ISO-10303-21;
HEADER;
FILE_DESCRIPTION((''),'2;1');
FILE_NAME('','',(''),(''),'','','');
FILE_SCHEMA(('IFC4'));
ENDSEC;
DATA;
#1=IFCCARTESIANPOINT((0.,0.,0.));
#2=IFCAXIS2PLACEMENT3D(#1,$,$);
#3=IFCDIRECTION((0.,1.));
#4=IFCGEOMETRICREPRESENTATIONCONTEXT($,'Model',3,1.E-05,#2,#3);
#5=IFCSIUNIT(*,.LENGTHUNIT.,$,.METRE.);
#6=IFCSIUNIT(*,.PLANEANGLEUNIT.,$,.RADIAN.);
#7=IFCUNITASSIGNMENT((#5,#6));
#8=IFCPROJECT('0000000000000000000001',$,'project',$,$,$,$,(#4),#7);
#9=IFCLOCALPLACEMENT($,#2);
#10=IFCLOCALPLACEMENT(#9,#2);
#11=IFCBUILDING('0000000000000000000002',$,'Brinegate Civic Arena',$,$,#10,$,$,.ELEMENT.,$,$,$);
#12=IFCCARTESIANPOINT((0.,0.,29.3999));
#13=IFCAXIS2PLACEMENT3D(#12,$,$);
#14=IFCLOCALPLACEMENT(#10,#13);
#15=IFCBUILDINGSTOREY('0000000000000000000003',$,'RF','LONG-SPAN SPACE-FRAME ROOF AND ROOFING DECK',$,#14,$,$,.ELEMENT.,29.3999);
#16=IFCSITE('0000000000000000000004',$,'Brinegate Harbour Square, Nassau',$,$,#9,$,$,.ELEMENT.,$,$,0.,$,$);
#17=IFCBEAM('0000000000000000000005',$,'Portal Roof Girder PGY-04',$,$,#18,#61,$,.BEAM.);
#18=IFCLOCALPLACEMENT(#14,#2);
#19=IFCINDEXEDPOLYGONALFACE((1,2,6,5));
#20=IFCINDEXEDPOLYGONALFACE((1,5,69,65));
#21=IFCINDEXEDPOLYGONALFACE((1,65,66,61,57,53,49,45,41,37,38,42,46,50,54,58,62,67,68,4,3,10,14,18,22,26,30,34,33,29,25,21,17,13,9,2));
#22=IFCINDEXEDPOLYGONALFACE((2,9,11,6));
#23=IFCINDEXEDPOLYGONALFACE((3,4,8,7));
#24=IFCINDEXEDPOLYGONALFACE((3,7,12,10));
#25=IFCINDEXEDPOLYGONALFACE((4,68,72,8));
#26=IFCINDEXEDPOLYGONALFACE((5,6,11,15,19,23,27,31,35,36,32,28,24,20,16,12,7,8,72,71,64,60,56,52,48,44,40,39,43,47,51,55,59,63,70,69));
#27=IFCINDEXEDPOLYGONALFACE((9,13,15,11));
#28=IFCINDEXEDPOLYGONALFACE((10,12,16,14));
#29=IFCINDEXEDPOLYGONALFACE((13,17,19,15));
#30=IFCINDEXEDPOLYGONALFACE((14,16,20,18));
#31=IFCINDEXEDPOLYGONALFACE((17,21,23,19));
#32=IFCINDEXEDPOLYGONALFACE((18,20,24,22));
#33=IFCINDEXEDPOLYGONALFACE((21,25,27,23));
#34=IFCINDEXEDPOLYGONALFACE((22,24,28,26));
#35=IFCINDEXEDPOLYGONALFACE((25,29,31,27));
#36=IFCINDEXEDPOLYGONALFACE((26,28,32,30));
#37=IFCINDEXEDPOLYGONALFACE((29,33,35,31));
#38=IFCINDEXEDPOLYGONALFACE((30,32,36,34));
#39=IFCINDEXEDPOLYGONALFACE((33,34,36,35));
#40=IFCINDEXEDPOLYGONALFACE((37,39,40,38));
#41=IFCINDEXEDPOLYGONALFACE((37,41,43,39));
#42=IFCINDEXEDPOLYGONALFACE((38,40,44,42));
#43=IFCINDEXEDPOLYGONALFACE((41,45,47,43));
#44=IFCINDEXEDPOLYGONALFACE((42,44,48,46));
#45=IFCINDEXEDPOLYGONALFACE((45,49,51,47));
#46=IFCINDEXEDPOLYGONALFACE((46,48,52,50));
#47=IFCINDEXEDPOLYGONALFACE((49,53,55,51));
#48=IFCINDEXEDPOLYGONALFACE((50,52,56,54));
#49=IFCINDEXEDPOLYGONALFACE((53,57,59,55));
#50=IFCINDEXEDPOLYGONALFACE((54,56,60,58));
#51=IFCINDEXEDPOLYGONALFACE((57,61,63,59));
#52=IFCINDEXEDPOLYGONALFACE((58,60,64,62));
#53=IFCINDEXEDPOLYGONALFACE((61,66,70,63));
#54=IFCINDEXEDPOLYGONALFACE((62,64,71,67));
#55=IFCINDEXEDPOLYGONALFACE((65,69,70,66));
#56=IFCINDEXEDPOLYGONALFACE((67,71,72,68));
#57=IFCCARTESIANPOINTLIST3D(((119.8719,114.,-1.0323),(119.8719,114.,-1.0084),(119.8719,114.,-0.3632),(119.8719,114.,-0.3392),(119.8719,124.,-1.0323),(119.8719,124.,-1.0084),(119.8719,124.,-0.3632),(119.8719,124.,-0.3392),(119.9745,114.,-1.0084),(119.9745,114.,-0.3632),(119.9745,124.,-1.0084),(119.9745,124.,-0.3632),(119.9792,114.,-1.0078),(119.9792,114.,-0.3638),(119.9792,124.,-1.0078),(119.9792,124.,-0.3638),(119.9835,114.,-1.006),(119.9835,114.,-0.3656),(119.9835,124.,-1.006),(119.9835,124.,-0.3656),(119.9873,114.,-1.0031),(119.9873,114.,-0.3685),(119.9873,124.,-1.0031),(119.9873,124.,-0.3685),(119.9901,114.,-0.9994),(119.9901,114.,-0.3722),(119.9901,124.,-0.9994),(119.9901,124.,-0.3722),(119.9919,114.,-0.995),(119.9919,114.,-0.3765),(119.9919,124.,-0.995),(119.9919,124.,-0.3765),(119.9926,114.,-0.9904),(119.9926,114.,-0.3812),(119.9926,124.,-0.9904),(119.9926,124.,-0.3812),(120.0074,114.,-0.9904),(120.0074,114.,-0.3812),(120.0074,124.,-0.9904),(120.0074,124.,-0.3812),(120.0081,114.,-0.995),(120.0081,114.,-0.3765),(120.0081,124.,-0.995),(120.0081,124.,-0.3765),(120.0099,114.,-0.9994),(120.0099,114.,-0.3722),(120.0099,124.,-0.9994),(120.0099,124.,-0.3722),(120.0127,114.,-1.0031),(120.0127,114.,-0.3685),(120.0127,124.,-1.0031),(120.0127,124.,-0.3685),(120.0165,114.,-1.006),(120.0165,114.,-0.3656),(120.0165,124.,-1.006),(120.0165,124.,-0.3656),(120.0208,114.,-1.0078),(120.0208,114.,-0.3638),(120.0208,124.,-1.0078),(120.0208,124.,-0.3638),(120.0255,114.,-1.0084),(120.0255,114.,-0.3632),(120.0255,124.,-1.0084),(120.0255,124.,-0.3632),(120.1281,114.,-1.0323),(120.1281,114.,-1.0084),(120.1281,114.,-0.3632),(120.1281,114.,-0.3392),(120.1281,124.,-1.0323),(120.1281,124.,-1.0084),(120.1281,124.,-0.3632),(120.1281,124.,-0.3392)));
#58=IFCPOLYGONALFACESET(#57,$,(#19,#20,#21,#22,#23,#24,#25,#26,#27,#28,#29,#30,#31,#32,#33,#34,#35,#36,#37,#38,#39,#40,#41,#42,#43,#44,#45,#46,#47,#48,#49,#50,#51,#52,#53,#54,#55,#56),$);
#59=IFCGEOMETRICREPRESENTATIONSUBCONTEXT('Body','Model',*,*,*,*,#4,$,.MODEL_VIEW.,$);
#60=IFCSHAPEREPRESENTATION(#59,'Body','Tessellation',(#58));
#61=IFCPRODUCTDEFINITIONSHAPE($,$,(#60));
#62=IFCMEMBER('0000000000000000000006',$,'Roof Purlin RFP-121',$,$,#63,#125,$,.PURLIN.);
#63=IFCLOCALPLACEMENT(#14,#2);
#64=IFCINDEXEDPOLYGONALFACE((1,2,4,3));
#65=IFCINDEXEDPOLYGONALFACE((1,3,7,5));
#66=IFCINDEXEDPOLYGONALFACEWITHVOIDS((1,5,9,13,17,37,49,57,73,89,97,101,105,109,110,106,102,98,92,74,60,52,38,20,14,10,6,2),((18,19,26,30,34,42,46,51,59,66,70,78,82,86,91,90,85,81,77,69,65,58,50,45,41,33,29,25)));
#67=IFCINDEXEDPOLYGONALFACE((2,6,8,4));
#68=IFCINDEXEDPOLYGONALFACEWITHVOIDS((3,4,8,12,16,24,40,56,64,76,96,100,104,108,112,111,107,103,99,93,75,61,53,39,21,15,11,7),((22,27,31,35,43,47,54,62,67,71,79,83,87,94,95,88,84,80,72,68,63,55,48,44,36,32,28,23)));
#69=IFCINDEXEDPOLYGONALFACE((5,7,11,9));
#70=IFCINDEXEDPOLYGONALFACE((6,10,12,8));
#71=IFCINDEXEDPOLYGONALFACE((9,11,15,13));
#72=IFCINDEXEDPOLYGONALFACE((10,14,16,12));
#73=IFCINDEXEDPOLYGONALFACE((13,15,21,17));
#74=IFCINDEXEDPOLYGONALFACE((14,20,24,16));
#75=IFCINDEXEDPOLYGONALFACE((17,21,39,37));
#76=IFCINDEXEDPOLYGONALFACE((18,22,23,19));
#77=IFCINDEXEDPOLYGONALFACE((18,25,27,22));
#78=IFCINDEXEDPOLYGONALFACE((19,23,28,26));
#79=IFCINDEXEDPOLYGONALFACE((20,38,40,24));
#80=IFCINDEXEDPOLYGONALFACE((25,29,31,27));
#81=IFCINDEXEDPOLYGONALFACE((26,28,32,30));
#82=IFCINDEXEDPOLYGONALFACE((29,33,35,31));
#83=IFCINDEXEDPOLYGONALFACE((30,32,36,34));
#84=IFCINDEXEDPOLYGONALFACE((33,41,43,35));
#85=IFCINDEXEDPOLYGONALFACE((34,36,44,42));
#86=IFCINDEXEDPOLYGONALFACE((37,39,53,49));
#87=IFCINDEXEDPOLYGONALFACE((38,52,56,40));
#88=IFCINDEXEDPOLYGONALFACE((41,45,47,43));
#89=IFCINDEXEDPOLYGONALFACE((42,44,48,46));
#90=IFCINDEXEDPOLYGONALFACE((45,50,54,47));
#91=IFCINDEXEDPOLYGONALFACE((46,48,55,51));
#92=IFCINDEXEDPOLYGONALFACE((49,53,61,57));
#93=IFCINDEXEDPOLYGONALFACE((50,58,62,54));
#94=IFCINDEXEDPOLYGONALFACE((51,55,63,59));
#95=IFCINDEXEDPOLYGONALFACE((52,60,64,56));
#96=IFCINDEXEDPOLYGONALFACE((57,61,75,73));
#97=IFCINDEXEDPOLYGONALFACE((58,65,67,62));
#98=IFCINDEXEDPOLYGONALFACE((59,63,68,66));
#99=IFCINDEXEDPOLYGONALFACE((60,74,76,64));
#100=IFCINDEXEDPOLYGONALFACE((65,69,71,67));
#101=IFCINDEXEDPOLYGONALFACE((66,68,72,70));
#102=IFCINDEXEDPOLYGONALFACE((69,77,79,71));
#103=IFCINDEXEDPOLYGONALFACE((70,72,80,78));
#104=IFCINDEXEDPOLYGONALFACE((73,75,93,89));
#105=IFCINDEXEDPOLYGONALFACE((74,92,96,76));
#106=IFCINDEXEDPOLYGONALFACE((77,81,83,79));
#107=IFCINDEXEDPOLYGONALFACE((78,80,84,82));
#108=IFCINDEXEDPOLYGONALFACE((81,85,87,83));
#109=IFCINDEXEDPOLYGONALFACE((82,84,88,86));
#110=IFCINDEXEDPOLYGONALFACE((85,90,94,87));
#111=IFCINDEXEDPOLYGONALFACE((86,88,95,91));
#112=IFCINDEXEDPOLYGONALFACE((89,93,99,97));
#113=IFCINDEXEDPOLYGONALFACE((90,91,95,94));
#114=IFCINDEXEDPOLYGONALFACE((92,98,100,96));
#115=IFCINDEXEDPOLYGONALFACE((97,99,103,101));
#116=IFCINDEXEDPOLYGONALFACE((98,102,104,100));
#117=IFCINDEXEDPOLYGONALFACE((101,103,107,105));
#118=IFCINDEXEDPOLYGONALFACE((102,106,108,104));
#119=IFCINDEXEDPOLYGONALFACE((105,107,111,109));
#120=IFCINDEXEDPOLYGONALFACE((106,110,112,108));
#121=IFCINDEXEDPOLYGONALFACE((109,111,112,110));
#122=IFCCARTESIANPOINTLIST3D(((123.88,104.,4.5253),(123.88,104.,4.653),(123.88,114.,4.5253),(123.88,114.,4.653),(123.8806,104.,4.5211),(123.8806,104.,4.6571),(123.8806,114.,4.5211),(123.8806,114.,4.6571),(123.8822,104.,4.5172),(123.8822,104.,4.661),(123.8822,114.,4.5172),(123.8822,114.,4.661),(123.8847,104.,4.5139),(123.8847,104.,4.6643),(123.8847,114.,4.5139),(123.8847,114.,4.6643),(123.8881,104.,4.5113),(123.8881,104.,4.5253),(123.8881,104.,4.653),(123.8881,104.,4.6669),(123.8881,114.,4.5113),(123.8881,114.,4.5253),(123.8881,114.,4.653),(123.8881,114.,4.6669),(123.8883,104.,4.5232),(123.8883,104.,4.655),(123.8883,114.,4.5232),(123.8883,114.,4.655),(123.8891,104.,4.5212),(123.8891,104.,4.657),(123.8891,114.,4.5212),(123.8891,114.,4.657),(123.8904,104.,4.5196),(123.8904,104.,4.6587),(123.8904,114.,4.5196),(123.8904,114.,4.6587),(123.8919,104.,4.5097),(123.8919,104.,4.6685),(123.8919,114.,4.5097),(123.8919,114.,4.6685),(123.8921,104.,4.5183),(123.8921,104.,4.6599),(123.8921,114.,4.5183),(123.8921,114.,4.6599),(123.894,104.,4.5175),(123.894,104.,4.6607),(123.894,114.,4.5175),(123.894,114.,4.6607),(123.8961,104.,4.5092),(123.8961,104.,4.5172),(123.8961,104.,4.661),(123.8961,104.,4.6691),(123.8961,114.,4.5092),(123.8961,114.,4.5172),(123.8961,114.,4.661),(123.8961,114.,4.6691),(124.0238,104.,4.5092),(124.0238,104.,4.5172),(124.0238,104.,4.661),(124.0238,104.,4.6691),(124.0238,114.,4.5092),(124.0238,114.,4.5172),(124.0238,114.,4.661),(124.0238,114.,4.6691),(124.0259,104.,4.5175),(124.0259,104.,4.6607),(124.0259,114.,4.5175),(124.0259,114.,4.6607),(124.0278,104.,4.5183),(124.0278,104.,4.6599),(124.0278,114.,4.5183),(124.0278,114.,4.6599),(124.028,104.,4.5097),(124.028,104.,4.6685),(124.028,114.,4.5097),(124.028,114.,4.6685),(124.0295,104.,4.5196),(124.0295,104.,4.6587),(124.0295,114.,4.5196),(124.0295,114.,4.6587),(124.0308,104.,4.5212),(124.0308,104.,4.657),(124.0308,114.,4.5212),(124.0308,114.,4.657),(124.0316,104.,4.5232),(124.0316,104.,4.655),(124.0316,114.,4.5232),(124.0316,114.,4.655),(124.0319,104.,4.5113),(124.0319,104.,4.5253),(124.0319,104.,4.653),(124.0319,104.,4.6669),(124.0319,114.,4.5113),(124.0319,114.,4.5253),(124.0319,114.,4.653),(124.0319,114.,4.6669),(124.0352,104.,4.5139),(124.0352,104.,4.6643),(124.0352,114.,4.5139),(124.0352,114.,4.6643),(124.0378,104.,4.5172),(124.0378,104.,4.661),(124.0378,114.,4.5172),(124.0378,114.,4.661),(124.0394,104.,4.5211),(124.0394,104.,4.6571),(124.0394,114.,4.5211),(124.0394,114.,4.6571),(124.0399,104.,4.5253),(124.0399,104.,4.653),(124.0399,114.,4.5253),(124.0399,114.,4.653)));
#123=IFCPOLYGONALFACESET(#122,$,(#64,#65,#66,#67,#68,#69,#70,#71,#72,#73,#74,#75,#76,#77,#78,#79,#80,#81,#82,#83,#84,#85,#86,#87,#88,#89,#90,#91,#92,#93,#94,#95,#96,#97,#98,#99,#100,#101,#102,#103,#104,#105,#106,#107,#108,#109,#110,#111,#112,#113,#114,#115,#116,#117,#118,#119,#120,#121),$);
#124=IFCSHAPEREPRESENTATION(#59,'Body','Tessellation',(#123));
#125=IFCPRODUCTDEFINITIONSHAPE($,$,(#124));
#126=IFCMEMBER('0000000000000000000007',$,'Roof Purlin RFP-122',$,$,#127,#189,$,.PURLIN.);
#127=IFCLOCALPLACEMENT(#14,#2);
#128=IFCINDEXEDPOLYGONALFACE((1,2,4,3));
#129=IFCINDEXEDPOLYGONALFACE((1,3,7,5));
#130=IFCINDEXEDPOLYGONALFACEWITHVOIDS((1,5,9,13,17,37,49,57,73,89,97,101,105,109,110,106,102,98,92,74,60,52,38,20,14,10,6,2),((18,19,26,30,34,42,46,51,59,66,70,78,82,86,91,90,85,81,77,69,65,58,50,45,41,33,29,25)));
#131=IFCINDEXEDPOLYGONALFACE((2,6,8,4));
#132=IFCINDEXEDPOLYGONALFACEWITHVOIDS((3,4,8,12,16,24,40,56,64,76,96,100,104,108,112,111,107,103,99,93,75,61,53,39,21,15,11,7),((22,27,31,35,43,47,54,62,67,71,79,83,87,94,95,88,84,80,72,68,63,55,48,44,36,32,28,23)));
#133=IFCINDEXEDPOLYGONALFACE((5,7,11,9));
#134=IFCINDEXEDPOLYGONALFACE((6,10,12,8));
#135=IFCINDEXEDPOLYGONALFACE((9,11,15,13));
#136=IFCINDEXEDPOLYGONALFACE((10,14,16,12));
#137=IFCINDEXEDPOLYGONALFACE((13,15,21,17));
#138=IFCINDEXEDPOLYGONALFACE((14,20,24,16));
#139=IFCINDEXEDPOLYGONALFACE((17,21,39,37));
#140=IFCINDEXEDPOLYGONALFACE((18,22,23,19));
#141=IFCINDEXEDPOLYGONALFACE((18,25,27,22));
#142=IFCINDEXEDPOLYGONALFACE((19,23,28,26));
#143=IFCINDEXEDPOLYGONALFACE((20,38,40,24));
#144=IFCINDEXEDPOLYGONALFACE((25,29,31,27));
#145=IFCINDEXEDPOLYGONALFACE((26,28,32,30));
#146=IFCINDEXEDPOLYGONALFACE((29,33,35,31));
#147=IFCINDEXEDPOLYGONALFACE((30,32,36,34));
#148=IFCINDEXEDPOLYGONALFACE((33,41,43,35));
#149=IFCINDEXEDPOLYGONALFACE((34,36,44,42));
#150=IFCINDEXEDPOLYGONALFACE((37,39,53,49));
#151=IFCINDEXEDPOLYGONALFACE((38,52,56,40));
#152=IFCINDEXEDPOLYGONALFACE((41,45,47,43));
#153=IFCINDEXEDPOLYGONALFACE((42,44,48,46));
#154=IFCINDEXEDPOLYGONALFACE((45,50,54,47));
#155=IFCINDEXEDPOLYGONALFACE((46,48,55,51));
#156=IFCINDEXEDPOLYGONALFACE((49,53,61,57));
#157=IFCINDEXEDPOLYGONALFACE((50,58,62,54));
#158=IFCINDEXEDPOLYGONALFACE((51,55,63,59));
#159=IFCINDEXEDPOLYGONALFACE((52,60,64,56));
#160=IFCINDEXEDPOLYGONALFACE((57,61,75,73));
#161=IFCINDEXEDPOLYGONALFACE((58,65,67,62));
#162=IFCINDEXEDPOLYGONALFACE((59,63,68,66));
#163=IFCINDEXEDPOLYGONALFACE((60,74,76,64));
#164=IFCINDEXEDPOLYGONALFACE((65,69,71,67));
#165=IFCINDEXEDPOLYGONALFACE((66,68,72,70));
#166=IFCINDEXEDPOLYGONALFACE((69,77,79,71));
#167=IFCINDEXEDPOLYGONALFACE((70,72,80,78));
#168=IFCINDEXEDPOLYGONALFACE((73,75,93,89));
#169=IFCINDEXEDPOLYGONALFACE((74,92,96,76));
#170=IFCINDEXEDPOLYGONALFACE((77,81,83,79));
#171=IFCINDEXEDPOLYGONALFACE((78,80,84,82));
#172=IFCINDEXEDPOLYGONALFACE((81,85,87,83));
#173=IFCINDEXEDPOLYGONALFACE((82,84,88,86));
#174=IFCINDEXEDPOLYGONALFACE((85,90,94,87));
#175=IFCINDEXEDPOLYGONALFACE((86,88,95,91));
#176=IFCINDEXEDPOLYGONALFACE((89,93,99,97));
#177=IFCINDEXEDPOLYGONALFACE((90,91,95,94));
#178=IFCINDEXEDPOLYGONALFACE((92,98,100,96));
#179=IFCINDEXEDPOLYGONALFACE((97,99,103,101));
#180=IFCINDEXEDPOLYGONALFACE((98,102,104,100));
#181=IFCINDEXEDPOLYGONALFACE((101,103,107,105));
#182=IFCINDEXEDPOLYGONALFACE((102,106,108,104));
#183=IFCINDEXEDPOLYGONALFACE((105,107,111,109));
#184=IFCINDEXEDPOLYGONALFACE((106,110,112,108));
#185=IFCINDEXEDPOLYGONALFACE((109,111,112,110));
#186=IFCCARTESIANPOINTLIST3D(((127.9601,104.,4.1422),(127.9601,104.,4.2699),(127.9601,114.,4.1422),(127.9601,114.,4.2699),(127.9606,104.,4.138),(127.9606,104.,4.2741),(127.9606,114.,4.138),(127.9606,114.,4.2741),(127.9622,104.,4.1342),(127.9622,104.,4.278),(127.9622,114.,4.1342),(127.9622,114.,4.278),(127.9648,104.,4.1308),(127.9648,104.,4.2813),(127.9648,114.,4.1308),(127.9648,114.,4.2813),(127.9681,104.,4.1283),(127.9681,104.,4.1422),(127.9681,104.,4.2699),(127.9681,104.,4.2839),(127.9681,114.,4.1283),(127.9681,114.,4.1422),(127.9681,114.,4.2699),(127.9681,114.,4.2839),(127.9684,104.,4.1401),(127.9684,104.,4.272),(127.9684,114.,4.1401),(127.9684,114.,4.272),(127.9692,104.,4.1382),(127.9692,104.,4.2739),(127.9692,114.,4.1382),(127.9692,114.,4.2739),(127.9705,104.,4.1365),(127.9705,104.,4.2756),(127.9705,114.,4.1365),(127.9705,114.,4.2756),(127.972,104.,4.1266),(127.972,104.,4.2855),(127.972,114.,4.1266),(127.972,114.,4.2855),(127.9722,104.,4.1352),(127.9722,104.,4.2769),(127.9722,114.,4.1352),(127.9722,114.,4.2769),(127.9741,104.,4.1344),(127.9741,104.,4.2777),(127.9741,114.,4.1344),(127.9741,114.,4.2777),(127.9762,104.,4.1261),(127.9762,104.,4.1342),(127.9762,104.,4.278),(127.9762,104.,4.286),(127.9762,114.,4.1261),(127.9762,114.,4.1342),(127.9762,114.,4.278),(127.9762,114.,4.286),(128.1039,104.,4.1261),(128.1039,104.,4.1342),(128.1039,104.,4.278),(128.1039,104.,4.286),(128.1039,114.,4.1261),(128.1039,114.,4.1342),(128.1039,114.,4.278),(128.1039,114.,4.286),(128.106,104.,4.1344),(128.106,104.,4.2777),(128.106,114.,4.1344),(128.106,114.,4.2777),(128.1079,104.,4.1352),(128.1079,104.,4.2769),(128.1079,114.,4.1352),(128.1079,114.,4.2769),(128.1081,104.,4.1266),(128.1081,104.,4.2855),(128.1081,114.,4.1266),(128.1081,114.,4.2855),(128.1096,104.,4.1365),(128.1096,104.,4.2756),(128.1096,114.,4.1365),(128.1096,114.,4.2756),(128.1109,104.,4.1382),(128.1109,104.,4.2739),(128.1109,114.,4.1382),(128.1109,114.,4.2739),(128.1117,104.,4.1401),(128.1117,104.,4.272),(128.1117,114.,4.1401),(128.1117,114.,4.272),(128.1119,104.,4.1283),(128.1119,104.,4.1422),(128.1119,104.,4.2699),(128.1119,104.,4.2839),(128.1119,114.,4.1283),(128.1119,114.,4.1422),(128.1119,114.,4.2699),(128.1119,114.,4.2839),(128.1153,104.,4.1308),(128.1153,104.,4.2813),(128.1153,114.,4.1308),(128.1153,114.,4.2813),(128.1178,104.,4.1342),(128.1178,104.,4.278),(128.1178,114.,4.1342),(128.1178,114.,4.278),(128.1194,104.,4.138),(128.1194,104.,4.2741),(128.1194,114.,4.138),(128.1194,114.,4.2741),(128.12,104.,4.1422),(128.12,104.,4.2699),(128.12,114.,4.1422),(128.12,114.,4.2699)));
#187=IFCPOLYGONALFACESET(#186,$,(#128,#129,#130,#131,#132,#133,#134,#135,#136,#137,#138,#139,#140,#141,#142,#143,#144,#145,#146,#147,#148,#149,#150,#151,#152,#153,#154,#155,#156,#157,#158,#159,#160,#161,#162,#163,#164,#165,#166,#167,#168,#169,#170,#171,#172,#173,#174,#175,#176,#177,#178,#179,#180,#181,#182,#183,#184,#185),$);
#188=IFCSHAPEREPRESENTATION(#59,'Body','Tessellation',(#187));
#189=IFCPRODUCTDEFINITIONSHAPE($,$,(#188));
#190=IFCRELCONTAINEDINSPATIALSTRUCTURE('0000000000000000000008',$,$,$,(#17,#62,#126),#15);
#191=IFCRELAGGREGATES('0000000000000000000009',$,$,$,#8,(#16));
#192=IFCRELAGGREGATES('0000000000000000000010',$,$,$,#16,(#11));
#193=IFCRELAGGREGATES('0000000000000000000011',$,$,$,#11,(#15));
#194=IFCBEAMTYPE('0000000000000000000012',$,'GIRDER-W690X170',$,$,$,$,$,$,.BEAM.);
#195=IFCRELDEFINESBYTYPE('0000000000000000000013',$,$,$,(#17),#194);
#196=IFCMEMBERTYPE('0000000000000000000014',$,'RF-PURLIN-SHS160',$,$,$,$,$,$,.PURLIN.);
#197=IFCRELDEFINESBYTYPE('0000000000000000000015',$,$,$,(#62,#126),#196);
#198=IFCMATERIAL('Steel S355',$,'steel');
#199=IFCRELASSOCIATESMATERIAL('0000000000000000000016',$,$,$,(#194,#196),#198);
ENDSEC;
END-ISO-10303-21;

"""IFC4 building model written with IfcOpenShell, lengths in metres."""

from ifc_helpers import new_model, si_unit, direction, frame, origin, origin_2d, place, context, subcontext, project, spatial, hollow_rectangle, i_section, extrude, material, material_profile, profile_set, type_object, element, save


model = new_model("IFC4")

# Units and contexts
model_context = context("Model", 3, precision=1e-05, world=origin(), true_north=direction((0.0, 1.0)))
body_context = subcontext(model_context, "Body", "Model", "MODEL_VIEW")
ifc_project = project(units=[si_unit("LENGTHUNIT", "METRE"), si_unit("PLANEANGLEUNIT", "RADIAN")], contexts=[model_context])

# Site, building, storey
site_placement = place(None, origin())
site = spatial("IfcSite", under=ifc_project, at=site_placement, Name="Brinegate Harbour Square, Nassau", CompositionType="ELEMENT", RefElevation=0.0)
building_placement = place(site_placement, origin())
building = spatial("IfcBuilding", under=site, at=building_placement, Name="Brinegate Civic Arena", CompositionType="ELEMENT")
storey_placement = place(building_placement, frame((0.0, 0.0, 29.3999)))
storey = spatial("IfcBuildingStorey", under=building, at=storey_placement, Name="RF", Description="LONG-SPAN SPACE-FRAME ROOF AND ROOFING DECK", CompositionType="ELEMENT", Elevation=29.3999)

# Beam
ifc_material_1 = material(Name="Steel S355", Category="steel")
ifc_material_profile_1 = material_profile(ifc_material_1, i_section(OverallWidth=0.2561, OverallDepth=0.6931, WebThickness=0.0149, FlangeThickness=0.0239, FilletRadius=0.0181, at=origin_2d()), Name="W690X170")
ifc_profile_set_1 = profile_set([ifc_material_profile_1], Name="Steel S355")
beam_type_1 = type_object("IfcBeamType", Name="GIRDER-W690X170", PredefinedType="BEAM", material=ifc_profile_set_1)
beam_placement = place(storey_placement, frame((120.0, 114.0, -0.6858), z_axis=(0.0, 1.0, 0.0), x_axis=(-1.0, 0.0, 0.0)))
element("IfcBeam", 1, at=beam_placement, inside=storey, type_object=beam_type_1, Name="Portal Roof Girder PGY-04", PredefinedType="BEAM", context=body_context, shape_type="SweptSolid", body=[
    extrude(i_section(OverallWidth=0.2561, OverallDepth=0.6931, WebThickness=0.0149, FlangeThickness=0.0239, FilletRadius=0.0181, at=origin_2d()), origin(), (0.0, 0.0, 1.0), 10.0),
])

# Members
ifc_material_profile_2 = material_profile(ifc_material_1, hollow_rectangle(XDim=0.1599, YDim=0.1599, WallThickness=0.0081, InnerFilletRadius=0.0081, OuterFilletRadius=0.0161, at=origin_2d()), Name="SHS160X8")
ifc_profile_set_2 = profile_set([ifc_material_profile_2], Name="Steel S355")
member_type_1 = type_object("IfcMemberType", Name="RF-PURLIN-SHS160", PredefinedType="PURLIN", material=ifc_profile_set_2)
for number, where, z_axis, x_axis, name in (
    (2, (123.96, 104.0, 4.5891), (0.0, 1.0, 0.0), (-1.0, 0.0, 0.0), "Roof Purlin RFP-121"),
    (3, (128.04, 104.0, 4.2061), (0.0, 1.0, 0.0), (-1.0, 0.0, 0.0), "Roof Purlin RFP-122"),
):
    element("IfcMember", number, at=place(storey_placement, frame(where, z_axis=z_axis, x_axis=x_axis)), inside=storey, type_object=member_type_1, Name=name, PredefinedType="PURLIN", context=body_context, shape_type="SweptSolid", body=[
        extrude(hollow_rectangle(XDim=0.1599, YDim=0.1599, WallThickness=0.0081, InnerFilletRadius=0.0081, OuterFilletRadius=0.0161, at=origin_2d()), origin(), (0.0, 0.0, 1.0), 10.0),
    ])

save(model, "model.ifc")
